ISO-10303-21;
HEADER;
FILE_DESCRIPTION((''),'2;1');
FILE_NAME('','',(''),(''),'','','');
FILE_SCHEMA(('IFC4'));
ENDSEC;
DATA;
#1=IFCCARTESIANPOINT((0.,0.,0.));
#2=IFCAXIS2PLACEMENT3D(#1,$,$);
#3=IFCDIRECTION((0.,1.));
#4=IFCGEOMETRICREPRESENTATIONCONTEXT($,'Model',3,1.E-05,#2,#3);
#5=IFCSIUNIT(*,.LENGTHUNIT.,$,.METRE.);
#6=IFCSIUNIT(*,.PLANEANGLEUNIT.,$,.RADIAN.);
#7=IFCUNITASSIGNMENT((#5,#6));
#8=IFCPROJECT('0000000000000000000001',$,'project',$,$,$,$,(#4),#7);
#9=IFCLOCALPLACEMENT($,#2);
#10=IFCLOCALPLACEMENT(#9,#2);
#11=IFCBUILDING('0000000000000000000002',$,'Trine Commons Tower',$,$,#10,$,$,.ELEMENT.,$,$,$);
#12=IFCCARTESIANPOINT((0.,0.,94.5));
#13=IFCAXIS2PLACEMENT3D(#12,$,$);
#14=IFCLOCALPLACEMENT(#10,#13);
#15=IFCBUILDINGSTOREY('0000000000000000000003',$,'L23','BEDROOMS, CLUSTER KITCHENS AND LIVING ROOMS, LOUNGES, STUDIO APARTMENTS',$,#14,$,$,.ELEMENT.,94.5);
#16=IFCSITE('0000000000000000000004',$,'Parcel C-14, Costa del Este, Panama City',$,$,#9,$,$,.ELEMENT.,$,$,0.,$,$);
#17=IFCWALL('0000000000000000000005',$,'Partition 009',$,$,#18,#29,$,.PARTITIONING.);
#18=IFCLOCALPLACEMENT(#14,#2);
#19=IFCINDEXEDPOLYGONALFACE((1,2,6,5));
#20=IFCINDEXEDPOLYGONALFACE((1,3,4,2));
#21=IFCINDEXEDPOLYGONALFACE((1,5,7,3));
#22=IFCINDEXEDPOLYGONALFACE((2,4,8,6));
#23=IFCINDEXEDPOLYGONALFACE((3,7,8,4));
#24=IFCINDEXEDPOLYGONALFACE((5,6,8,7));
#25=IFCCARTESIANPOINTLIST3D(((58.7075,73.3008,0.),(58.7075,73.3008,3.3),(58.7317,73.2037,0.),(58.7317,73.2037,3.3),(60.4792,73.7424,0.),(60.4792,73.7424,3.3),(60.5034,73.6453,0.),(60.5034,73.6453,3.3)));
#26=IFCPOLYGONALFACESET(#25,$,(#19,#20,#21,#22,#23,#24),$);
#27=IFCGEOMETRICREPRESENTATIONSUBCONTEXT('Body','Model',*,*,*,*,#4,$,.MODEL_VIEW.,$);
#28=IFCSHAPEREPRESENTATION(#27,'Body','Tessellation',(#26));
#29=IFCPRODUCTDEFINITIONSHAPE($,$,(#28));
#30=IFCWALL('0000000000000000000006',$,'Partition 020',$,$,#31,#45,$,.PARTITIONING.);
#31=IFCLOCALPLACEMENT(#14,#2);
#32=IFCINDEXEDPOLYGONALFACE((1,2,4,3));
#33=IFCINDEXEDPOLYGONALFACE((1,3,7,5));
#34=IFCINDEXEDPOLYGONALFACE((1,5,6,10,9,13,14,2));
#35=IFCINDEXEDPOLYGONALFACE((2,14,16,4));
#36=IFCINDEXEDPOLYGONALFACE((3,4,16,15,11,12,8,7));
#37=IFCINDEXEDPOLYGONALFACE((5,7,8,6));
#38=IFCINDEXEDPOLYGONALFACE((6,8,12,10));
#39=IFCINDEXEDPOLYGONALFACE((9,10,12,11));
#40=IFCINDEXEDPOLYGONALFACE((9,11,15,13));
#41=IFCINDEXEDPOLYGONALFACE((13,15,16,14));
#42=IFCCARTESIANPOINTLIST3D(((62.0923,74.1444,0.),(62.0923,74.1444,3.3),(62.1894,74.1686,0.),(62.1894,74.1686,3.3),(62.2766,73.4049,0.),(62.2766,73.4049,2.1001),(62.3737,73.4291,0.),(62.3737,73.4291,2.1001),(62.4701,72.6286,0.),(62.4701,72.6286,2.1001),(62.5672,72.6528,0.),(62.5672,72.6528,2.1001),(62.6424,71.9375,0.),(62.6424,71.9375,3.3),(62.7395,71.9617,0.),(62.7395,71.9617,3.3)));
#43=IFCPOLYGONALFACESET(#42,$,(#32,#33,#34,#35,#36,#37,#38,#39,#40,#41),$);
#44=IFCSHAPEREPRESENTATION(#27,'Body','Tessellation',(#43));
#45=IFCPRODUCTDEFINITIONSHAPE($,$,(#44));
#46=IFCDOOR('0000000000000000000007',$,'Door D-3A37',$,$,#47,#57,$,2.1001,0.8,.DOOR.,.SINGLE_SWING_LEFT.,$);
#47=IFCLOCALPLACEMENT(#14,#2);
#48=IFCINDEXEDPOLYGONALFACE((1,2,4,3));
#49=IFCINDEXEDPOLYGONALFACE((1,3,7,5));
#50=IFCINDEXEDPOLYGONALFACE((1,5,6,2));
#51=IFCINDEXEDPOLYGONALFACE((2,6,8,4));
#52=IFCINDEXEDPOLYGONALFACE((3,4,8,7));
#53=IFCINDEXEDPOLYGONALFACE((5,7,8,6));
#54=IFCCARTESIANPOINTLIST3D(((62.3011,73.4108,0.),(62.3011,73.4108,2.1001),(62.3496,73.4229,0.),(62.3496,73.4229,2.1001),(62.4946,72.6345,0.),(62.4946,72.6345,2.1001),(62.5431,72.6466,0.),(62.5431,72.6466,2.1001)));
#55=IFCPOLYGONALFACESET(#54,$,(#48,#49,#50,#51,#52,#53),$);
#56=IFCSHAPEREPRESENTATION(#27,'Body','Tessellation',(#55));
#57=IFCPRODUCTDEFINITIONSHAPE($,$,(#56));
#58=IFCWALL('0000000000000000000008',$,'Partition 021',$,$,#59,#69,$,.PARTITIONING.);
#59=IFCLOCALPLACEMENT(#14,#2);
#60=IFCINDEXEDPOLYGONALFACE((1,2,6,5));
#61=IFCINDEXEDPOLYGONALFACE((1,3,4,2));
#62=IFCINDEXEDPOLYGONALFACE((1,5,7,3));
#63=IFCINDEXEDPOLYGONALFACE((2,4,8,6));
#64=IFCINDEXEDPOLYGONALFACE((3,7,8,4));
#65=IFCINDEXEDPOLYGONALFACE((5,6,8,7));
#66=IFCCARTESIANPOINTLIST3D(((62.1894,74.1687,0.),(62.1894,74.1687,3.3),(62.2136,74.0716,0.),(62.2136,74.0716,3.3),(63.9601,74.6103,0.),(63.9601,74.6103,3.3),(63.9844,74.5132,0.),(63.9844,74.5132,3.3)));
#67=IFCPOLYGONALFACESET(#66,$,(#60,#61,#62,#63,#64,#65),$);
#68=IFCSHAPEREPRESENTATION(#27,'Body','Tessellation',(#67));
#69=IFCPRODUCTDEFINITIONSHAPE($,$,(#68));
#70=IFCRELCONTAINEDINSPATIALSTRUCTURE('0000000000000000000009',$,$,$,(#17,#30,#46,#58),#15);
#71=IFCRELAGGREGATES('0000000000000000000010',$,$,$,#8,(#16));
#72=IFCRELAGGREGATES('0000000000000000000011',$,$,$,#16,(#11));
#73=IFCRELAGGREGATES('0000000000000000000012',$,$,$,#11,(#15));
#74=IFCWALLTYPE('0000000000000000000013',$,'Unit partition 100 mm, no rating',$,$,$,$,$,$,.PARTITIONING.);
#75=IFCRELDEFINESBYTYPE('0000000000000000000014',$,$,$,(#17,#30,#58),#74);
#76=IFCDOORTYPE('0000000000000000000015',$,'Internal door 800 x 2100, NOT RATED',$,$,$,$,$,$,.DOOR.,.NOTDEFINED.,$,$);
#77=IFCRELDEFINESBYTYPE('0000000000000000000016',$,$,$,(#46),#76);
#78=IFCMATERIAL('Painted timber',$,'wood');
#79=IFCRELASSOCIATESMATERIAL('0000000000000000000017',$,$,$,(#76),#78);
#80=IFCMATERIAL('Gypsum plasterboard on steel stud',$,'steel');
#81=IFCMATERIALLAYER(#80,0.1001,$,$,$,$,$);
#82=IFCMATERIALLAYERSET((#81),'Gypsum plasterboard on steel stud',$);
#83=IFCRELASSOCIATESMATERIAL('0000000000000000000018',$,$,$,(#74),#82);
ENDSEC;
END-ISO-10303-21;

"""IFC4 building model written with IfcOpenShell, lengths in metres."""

from ifc_helpers import new_model, si_unit, direction, frame, frame_2d, origin, place, context, subcontext, project, spatial, rectangle, extrude, material, layer, layer_set, type_object, element, fill, save


model = new_model("IFC4")

# Units and contexts
model_context = context("Model", 3, precision=1e-05, world=origin(), true_north=direction((0.0, 1.0)))
body_context = subcontext(model_context, "Body", "Model", "MODEL_VIEW")
ifc_project = project(units=[si_unit("LENGTHUNIT", "METRE"), si_unit("PLANEANGLEUNIT", "RADIAN")], contexts=[model_context])

# Site, building, storey
site_placement = place(None, origin())
site = spatial("IfcSite", under=ifc_project, at=site_placement, Name="Parcel C-14, Costa del Este, Panama City", CompositionType="ELEMENT", RefElevation=0.0)
building_placement = place(site_placement, origin())
building = spatial("IfcBuilding", under=site, at=building_placement, Name="Trine Commons Tower", CompositionType="ELEMENT")
storey_placement = place(building_placement, frame((0.0, 0.0, 94.5)))
storey = spatial("IfcBuildingStorey", under=building, at=storey_placement, Name="L23", Description="BEDROOMS, CLUSTER KITCHENS AND LIVING ROOMS, LOUNGES, STUDIO APARTMENTS", CompositionType="ELEMENT", Elevation=94.5)

# Shared definitions
ifc_material_1 = material(Name="Gypsum plasterboard on steel stud", Category="steel")

# Shared definitions
ifc_material_2 = material(Name="Painted timber", Category="wood")
door_type_1 = type_object("IfcDoorType", Name="Internal door 800 x 2100, NOT RATED", OperationType="NOTDEFINED", PredefinedType="DOOR", material=ifc_material_2)

# Wall
ifc_layer_1 = layer(ifc_material_1, 0.1001)
ifc_layer_set_1 = layer_set([ifc_layer_1], Name="Gypsum plasterboard on steel stud")
wall_type_1 = type_object("IfcWallType", Name="Unit partition 100 mm, no rating", PredefinedType="PARTITIONING", material=ifc_layer_set_1)
wall_1_placement = place(storey_placement, frame((58.7195, 73.2522, 0.0), z_axis=(0.0, 0.0, 1.0), x_axis=(0.970307, 0.241875, 0.0)))
element("IfcWall", 1, at=wall_1_placement, inside=storey, type_object=wall_type_1, Name="Partition 009", PredefinedType="PARTITIONING", context=body_context, shape_type="SweptSolid", body=[
    extrude(rectangle(XDim=1.8259, YDim=0.1001, at=frame_2d((0.9131, 0.0))), origin(), (0.0, 0.0, 1.0), 3.3),
])

# Wall, opening, door
wall_2_placement = place(storey_placement, frame((62.1409, 74.1565, 0.0), z_axis=(0.0, 0.0, 1.0), x_axis=(0.241854, -0.970313, 0.0)))
wall_2 = element("IfcWall", 2, at=wall_2_placement, inside=storey, type_object=wall_type_1, Name="Partition 020", PredefinedType="PARTITIONING", context=body_context, shape_type="SweptSolid", body=[
    extrude(rectangle(XDim=2.2744, YDim=0.1001, at=frame_2d((1.1372, 0.0))), origin(), (0.0, 0.0, 1.0), 3.3),
])
opening_1_placement = place(wall_2_placement, frame((0.7622, 0.0, 0.0)))
opening_1 = element("IfcOpeningElement", 3, at=opening_1_placement, cuts=wall_2, PredefinedType="OPENING", context=body_context, shape_type="SweptSolid", body=[
    extrude(rectangle(XDim=0.8, YDim=2.1001, at=frame_2d((0.3999, 1.05))), frame((0.0, 0.0601, 0.0), z_axis=(0.0, -1.0, 0.0), x_axis=(1.0, 0.0, 0.0)), (0.0, 0.0, 1.0), 0.1201),
])
door_1_placement = place(opening_1_placement, frame((0.8, 0.0, 0.0), z_axis=(0.0, 0.0, 1.0), x_axis=(-1.0, 0.0, 0.0)))
door_1 = element("IfcDoor", 4, at=door_1_placement, inside=storey, type_object=door_type_1, Name="Door D-3A37", OperationType="SINGLE_SWING_LEFT", OverallHeight=2.1001, OverallWidth=0.8, PredefinedType="DOOR", context=body_context, shape_type="SweptSolid", body=[
    extrude(rectangle(XDim=0.8, YDim=2.1001, at=frame_2d((0.3999, 1.05))), frame((0.0, 0.0249, 0.0), z_axis=(0.0, -1.0, 0.0), x_axis=(1.0, 0.0, 0.0)), (0.0, 0.0, 1.0), 0.05),
])
fill(opening_1, door_1)

# Wall
wall_3_placement = place(storey_placement, frame((62.2014, 74.1201, 0.0), z_axis=(0.0, 0.0, 1.0), x_axis=(0.970276, 0.242, 0.0)))
element("IfcWall", 5, at=wall_3_placement, inside=storey, type_object=wall_type_1, Name="Partition 021", PredefinedType="PARTITIONING", context=body_context, shape_type="SweptSolid", body=[
    extrude(rectangle(XDim=1.825, YDim=0.1001, at=frame_2d((0.9126, 0.0))), origin(), (0.0, 0.0, 1.0), 3.3),
])

save(model, "model.ifc")
